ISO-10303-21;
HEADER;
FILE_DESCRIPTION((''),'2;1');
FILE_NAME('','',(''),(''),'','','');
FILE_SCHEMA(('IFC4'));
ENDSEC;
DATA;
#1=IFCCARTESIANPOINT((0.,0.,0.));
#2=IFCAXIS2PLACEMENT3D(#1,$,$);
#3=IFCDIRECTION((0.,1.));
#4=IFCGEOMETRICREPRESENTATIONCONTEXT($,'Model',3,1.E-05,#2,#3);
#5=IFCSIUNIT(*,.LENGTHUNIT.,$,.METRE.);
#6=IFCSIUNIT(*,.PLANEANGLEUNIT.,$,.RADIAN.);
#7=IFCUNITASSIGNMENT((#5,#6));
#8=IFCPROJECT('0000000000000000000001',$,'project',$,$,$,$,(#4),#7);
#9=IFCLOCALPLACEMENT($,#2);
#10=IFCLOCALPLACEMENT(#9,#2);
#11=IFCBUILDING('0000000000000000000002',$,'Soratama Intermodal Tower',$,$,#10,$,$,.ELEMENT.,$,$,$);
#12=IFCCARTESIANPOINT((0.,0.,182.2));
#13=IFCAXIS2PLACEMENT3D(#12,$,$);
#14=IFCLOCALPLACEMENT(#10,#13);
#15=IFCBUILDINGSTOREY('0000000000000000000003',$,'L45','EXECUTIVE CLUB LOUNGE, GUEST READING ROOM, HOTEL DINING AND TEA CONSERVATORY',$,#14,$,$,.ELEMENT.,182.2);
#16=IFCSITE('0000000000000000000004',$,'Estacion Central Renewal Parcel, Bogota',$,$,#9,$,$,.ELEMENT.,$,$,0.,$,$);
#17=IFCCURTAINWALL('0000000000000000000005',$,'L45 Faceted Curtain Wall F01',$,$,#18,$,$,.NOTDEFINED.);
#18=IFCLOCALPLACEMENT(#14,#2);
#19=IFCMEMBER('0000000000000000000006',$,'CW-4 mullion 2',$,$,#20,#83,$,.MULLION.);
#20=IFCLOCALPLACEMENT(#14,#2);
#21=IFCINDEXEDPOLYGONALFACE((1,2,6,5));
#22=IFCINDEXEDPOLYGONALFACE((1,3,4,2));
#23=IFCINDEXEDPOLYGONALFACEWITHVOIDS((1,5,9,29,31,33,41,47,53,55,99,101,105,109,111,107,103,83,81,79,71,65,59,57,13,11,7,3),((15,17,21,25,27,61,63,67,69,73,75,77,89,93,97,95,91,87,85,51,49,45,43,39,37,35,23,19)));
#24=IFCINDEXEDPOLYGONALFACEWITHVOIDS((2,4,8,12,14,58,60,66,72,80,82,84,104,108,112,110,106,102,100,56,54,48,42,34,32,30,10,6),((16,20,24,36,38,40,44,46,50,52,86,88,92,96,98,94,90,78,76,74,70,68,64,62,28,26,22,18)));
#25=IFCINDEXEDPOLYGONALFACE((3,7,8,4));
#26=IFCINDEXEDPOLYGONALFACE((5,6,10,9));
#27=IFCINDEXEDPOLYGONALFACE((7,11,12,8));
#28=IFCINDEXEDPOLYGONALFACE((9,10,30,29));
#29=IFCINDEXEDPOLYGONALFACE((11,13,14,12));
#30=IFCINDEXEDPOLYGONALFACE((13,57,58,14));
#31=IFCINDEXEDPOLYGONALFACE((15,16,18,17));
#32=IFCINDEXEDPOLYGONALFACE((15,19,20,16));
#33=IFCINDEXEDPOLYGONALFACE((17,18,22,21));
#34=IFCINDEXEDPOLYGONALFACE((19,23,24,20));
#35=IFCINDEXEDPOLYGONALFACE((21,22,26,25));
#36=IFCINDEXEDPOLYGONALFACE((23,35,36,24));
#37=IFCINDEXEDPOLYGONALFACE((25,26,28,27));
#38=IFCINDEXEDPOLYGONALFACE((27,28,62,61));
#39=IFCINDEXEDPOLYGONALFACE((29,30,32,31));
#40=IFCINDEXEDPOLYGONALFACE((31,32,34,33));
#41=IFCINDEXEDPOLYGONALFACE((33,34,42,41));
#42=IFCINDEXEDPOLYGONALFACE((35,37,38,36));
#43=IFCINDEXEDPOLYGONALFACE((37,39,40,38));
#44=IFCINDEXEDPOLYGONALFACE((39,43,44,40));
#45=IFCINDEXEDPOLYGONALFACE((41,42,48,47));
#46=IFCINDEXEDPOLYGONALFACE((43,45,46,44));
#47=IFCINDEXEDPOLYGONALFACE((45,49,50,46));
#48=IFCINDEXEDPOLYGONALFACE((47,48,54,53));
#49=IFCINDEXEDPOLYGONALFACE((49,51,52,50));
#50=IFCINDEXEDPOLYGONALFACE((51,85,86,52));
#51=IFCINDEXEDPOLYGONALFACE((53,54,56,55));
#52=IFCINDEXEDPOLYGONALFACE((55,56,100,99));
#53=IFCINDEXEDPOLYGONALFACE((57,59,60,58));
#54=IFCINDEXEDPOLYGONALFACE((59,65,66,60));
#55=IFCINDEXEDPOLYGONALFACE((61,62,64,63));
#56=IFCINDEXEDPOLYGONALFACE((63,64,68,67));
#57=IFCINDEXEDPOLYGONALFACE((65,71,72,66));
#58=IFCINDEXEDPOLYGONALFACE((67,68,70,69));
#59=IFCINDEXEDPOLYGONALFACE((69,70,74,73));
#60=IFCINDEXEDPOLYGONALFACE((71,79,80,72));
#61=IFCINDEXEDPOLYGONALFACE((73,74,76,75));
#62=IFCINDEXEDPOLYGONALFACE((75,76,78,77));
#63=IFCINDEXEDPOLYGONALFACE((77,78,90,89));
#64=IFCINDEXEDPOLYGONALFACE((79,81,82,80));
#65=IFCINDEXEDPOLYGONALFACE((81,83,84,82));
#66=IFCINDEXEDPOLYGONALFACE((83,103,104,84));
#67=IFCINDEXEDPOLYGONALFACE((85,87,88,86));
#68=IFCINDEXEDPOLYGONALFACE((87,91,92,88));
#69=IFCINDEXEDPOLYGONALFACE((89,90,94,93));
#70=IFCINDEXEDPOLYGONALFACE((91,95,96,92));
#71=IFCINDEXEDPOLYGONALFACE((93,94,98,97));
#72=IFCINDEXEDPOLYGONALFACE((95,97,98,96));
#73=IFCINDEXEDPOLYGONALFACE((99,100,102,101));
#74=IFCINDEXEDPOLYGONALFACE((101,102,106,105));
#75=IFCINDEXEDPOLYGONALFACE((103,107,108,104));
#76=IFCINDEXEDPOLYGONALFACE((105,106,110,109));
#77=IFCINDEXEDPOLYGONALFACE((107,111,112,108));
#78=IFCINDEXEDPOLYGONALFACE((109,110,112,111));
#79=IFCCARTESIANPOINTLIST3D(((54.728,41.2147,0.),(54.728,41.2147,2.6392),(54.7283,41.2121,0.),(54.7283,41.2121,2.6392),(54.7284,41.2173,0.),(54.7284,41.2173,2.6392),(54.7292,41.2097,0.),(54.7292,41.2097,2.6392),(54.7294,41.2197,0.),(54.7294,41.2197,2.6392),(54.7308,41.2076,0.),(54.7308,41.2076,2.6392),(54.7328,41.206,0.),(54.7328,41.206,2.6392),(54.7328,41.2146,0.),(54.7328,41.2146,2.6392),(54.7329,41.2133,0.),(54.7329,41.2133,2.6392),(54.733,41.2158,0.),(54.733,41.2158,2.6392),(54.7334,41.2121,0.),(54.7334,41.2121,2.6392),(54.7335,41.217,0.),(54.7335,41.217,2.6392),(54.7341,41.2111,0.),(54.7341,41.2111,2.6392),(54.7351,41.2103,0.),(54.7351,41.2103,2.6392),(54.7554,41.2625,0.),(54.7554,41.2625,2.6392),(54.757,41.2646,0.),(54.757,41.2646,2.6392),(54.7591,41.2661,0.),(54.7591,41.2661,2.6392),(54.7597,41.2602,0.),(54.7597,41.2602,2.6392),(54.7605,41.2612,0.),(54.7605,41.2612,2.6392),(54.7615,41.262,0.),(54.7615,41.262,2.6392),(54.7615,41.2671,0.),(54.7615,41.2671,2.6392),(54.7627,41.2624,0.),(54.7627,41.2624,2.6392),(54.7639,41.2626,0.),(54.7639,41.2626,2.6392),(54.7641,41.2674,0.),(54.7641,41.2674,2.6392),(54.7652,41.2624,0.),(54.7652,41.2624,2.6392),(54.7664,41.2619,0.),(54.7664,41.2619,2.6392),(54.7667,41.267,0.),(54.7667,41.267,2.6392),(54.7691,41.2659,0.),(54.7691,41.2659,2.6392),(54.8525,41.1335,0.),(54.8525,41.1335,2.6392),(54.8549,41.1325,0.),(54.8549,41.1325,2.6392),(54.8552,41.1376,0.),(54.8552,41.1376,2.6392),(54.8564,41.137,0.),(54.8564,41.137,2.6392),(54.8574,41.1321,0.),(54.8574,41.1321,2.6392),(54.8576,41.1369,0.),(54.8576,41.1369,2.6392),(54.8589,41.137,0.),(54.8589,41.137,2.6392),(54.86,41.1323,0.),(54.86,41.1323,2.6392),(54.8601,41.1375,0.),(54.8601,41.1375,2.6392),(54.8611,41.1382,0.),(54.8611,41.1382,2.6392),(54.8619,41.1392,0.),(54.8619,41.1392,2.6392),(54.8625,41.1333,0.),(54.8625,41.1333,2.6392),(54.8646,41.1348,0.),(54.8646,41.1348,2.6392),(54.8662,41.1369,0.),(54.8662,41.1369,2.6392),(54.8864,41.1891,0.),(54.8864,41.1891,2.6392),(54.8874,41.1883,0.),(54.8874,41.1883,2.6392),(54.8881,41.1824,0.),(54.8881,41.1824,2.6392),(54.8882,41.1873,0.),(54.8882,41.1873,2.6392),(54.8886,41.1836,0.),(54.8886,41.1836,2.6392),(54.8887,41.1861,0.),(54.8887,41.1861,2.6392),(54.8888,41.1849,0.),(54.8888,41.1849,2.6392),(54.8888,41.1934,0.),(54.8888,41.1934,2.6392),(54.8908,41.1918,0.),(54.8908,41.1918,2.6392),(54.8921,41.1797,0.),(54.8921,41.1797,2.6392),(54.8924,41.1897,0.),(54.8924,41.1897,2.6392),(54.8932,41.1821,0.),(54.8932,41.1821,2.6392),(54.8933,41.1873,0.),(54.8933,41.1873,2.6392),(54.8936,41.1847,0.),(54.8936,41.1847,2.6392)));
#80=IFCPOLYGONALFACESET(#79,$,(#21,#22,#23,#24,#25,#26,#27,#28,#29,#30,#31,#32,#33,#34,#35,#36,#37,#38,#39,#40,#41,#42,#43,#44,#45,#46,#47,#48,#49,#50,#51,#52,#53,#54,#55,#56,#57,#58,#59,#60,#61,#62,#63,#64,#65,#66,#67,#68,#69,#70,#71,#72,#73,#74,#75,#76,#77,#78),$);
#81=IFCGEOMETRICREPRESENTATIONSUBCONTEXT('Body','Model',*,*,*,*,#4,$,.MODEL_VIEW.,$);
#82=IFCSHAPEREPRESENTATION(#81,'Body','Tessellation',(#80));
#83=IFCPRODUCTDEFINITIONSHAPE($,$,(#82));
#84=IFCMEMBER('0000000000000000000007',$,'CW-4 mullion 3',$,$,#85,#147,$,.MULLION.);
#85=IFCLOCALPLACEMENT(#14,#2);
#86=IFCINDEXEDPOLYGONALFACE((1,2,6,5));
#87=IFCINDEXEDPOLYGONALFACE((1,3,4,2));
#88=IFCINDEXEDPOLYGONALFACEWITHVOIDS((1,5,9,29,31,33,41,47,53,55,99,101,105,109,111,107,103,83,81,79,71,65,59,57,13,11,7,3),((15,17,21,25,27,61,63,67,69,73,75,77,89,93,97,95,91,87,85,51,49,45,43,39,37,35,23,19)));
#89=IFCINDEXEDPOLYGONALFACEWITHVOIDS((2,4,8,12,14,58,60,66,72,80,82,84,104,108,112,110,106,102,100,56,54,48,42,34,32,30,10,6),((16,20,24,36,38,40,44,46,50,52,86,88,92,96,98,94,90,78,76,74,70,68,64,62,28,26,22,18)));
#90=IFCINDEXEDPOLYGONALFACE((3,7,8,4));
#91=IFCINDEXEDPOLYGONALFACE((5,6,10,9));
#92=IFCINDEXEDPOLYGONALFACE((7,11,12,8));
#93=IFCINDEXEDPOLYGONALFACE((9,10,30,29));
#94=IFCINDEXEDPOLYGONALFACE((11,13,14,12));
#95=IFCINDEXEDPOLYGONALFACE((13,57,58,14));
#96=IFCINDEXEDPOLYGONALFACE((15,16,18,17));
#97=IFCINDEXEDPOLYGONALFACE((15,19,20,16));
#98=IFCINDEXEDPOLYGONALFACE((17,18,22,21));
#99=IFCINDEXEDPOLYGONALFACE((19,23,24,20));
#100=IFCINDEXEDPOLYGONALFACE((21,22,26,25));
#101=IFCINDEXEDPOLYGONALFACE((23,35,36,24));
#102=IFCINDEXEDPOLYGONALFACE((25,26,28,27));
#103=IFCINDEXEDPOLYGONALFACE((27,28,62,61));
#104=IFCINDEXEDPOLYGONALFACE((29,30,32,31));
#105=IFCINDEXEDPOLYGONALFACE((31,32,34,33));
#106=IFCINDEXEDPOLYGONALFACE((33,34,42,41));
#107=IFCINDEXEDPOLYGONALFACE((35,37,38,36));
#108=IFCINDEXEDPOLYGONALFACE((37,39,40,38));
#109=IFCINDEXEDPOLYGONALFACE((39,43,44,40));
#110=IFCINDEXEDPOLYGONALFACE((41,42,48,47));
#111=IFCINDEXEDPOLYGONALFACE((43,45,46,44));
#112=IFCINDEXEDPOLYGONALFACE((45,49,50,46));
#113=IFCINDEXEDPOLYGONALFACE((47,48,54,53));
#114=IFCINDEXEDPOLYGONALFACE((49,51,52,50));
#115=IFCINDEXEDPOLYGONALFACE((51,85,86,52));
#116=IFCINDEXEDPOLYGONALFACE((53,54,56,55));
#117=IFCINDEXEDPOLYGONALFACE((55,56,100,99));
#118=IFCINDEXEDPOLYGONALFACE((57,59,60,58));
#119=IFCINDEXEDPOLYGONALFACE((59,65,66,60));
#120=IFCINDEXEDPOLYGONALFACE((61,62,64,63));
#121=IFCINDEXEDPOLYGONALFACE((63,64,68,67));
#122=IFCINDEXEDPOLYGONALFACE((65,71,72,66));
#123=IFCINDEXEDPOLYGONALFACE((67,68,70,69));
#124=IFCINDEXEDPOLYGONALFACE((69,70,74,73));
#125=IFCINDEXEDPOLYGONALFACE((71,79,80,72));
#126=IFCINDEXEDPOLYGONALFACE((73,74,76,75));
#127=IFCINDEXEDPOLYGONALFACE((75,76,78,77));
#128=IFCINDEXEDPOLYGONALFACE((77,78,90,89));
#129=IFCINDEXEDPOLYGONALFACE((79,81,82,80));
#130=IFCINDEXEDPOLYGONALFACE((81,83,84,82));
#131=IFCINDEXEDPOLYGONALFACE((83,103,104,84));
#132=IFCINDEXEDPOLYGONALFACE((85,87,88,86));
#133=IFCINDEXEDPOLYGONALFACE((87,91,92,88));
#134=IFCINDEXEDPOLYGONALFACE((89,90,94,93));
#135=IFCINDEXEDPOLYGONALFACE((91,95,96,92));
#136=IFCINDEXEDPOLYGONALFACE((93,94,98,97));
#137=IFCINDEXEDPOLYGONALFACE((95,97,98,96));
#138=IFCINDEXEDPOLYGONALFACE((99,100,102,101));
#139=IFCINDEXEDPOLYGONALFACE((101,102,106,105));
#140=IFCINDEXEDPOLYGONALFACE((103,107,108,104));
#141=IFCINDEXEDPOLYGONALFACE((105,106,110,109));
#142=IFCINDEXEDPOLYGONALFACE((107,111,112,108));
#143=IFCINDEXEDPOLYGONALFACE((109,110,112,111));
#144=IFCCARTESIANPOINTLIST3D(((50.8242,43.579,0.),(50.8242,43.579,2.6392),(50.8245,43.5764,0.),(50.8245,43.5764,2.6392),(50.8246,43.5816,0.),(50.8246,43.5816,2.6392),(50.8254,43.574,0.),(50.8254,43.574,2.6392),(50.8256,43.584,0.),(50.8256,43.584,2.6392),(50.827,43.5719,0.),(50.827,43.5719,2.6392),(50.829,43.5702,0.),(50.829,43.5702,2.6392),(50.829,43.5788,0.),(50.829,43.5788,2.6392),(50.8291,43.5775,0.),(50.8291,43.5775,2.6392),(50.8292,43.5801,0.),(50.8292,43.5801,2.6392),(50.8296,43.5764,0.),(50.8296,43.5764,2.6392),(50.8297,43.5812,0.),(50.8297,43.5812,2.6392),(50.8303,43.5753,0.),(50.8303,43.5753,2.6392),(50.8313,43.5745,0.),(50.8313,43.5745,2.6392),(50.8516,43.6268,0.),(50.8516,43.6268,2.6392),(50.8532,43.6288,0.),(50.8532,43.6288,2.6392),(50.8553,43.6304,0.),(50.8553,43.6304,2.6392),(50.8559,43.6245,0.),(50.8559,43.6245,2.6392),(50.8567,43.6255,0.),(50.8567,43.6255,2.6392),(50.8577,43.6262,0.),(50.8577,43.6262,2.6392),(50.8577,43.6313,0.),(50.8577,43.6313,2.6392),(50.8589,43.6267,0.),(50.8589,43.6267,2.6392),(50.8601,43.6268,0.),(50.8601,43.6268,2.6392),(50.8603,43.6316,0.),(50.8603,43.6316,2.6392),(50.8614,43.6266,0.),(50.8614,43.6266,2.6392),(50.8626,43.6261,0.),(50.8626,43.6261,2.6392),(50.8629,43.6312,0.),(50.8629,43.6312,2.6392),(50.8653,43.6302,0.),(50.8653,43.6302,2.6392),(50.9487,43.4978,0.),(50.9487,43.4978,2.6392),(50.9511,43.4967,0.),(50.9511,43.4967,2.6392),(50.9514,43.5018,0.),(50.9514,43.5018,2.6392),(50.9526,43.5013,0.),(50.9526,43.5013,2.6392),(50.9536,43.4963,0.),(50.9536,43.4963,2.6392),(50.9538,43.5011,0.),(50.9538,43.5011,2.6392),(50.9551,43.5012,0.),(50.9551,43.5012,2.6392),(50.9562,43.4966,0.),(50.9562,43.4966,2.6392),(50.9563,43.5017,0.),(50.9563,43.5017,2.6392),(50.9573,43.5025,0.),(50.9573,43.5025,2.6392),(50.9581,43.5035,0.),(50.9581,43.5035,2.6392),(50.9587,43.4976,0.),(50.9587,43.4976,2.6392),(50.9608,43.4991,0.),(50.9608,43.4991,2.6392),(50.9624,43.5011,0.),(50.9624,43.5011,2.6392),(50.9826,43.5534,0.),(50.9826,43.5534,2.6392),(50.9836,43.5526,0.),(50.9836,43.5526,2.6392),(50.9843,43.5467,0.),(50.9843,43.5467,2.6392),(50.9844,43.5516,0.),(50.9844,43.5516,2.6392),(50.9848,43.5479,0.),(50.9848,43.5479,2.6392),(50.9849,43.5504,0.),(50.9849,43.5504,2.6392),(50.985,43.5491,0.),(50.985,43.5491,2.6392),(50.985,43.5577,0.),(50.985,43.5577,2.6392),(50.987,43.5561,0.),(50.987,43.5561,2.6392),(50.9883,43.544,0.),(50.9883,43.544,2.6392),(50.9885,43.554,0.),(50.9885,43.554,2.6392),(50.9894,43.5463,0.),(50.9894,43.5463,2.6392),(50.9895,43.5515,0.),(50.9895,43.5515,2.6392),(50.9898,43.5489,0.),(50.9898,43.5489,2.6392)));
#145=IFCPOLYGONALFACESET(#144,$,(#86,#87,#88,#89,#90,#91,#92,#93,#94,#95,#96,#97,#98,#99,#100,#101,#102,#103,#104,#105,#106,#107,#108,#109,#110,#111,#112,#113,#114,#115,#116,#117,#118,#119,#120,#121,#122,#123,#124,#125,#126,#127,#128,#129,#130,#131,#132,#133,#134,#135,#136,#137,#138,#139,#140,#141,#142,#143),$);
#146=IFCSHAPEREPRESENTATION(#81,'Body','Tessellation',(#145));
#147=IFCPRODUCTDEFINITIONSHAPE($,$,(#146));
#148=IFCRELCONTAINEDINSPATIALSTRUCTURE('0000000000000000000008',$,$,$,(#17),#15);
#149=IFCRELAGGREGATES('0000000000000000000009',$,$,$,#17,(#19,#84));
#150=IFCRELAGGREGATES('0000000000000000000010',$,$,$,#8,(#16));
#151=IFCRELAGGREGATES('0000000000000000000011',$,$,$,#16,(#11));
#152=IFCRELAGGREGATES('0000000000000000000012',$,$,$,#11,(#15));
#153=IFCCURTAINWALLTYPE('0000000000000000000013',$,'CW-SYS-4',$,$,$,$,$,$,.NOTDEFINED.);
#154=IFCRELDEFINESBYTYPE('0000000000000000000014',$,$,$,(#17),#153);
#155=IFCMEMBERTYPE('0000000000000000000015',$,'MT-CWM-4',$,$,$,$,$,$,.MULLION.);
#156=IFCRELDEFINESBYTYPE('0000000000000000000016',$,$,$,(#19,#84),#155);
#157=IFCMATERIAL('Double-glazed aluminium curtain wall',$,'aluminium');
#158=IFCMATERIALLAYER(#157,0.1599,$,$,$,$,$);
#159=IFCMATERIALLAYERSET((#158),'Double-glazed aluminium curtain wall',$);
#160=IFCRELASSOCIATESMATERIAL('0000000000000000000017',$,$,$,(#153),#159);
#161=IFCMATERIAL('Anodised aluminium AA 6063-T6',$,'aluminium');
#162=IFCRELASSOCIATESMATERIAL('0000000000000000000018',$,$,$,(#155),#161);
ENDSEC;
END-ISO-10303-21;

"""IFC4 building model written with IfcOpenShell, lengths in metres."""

from ifc_helpers import new_model, si_unit, direction, frame, origin, origin_2d, place, context, subcontext, project, spatial, hollow_rectangle, extrude, material, layer, layer_set, material_profile, profile_set, type_object, element, aggregate, save


model = new_model("IFC4")

# Units and contexts
model_context = context("Model", 3, precision=1e-05, world=origin(), true_north=direction((0.0, 1.0)))
body_context = subcontext(model_context, "Body", "Model", "MODEL_VIEW")
ifc_project = project(units=[si_unit("LENGTHUNIT", "METRE"), si_unit("PLANEANGLEUNIT", "RADIAN")], contexts=[model_context])

# Site, building, storey
site_placement = place(None, origin())
site = spatial("IfcSite", under=ifc_project, at=site_placement, Name="Estacion Central Renewal Parcel, Bogota", CompositionType="ELEMENT", RefElevation=0.0)
building_placement = place(site_placement, origin())
building = spatial("IfcBuilding", under=site, at=building_placement, Name="Soratama Intermodal Tower", CompositionType="ELEMENT")
storey_placement = place(building_placement, frame((0.0, 0.0, 182.2)))
storey = spatial("IfcBuildingStorey", under=building, at=storey_placement, Name="L45", Description="EXECUTIVE CLUB LOUNGE, GUEST READING ROOM, HOTEL DINING AND TEA CONSERVATORY", CompositionType="ELEMENT", Elevation=182.2)

# Curtain wall, members
ifc_material_1 = material(Name="Double-glazed aluminium curtain wall", Category="aluminium")
ifc_layer_1 = layer(ifc_material_1, 0.1599)
ifc_layer_set_1 = layer_set([ifc_layer_1], Name="Double-glazed aluminium curtain wall")
curtain_wall_type = type_object("IfcCurtainWallType", Name="CW-SYS-4", PredefinedType="NOTDEFINED", material=ifc_layer_set_1)
curtain_wall_placement = place(storey_placement, origin())
curtain_wall = element("IfcCurtainWall", 1, at=curtain_wall_placement, inside=storey, type_object=curtain_wall_type, Name="L45 Faceted Curtain Wall F01", PredefinedType="NOTDEFINED")
ifc_material_2 = material(Name="Anodised aluminium AA 6063-T6", Category="aluminium")
ifc_material_profile_1 = material_profile(ifc_material_2, hollow_rectangle(XDim=0.0701, YDim=0.1599, WallThickness=0.0049, InnerFilletRadius=0.0049, OuterFilletRadius=0.01, at=origin_2d()), Name="CWM160X70X5")
ifc_profile_set_1 = profile_set([ifc_material_profile_1], Name="Anodised aluminium AA 6063-T6")
member_type_1 = type_object("IfcMemberType", Name="MT-CWM-4", PredefinedType="MULLION", material=ifc_profile_set_1)
member_1_placement = place(storey_placement, frame((54.8108, 41.1997, 0.0), z_axis=(0.0, 0.0, 1.0), x_axis=(-0.518027, -0.855364, 0.0)))
member_1 = element("IfcMember", 2, at=member_1_placement, type_object=member_type_1, Name="CW-4 mullion 2", PredefinedType="MULLION", context=body_context, shape_type="SweptSolid", body=[
    extrude(hollow_rectangle(XDim=0.0701, YDim=0.1599, WallThickness=0.0049, InnerFilletRadius=0.0049, OuterFilletRadius=0.01, at=origin_2d()), origin(), (0.0, 0.0, 1.0), 2.6392),
])
member_2_placement = place(storey_placement, frame((50.907, 43.564, 0.0), z_axis=(0.0, 0.0, 1.0), x_axis=(-0.518027, -0.855364, 0.0)))
member_2 = element("IfcMember", 3, at=member_2_placement, type_object=member_type_1, Name="CW-4 mullion 3", PredefinedType="MULLION", context=body_context, shape_type="SweptSolid", body=[
    extrude(hollow_rectangle(XDim=0.0701, YDim=0.1599, WallThickness=0.0049, InnerFilletRadius=0.0049, OuterFilletRadius=0.01, at=origin_2d()), origin(), (0.0, 0.0, 1.0), 2.6392),
])
aggregate(curtain_wall, [member_1, member_2])

save(model, "model.ifc")
